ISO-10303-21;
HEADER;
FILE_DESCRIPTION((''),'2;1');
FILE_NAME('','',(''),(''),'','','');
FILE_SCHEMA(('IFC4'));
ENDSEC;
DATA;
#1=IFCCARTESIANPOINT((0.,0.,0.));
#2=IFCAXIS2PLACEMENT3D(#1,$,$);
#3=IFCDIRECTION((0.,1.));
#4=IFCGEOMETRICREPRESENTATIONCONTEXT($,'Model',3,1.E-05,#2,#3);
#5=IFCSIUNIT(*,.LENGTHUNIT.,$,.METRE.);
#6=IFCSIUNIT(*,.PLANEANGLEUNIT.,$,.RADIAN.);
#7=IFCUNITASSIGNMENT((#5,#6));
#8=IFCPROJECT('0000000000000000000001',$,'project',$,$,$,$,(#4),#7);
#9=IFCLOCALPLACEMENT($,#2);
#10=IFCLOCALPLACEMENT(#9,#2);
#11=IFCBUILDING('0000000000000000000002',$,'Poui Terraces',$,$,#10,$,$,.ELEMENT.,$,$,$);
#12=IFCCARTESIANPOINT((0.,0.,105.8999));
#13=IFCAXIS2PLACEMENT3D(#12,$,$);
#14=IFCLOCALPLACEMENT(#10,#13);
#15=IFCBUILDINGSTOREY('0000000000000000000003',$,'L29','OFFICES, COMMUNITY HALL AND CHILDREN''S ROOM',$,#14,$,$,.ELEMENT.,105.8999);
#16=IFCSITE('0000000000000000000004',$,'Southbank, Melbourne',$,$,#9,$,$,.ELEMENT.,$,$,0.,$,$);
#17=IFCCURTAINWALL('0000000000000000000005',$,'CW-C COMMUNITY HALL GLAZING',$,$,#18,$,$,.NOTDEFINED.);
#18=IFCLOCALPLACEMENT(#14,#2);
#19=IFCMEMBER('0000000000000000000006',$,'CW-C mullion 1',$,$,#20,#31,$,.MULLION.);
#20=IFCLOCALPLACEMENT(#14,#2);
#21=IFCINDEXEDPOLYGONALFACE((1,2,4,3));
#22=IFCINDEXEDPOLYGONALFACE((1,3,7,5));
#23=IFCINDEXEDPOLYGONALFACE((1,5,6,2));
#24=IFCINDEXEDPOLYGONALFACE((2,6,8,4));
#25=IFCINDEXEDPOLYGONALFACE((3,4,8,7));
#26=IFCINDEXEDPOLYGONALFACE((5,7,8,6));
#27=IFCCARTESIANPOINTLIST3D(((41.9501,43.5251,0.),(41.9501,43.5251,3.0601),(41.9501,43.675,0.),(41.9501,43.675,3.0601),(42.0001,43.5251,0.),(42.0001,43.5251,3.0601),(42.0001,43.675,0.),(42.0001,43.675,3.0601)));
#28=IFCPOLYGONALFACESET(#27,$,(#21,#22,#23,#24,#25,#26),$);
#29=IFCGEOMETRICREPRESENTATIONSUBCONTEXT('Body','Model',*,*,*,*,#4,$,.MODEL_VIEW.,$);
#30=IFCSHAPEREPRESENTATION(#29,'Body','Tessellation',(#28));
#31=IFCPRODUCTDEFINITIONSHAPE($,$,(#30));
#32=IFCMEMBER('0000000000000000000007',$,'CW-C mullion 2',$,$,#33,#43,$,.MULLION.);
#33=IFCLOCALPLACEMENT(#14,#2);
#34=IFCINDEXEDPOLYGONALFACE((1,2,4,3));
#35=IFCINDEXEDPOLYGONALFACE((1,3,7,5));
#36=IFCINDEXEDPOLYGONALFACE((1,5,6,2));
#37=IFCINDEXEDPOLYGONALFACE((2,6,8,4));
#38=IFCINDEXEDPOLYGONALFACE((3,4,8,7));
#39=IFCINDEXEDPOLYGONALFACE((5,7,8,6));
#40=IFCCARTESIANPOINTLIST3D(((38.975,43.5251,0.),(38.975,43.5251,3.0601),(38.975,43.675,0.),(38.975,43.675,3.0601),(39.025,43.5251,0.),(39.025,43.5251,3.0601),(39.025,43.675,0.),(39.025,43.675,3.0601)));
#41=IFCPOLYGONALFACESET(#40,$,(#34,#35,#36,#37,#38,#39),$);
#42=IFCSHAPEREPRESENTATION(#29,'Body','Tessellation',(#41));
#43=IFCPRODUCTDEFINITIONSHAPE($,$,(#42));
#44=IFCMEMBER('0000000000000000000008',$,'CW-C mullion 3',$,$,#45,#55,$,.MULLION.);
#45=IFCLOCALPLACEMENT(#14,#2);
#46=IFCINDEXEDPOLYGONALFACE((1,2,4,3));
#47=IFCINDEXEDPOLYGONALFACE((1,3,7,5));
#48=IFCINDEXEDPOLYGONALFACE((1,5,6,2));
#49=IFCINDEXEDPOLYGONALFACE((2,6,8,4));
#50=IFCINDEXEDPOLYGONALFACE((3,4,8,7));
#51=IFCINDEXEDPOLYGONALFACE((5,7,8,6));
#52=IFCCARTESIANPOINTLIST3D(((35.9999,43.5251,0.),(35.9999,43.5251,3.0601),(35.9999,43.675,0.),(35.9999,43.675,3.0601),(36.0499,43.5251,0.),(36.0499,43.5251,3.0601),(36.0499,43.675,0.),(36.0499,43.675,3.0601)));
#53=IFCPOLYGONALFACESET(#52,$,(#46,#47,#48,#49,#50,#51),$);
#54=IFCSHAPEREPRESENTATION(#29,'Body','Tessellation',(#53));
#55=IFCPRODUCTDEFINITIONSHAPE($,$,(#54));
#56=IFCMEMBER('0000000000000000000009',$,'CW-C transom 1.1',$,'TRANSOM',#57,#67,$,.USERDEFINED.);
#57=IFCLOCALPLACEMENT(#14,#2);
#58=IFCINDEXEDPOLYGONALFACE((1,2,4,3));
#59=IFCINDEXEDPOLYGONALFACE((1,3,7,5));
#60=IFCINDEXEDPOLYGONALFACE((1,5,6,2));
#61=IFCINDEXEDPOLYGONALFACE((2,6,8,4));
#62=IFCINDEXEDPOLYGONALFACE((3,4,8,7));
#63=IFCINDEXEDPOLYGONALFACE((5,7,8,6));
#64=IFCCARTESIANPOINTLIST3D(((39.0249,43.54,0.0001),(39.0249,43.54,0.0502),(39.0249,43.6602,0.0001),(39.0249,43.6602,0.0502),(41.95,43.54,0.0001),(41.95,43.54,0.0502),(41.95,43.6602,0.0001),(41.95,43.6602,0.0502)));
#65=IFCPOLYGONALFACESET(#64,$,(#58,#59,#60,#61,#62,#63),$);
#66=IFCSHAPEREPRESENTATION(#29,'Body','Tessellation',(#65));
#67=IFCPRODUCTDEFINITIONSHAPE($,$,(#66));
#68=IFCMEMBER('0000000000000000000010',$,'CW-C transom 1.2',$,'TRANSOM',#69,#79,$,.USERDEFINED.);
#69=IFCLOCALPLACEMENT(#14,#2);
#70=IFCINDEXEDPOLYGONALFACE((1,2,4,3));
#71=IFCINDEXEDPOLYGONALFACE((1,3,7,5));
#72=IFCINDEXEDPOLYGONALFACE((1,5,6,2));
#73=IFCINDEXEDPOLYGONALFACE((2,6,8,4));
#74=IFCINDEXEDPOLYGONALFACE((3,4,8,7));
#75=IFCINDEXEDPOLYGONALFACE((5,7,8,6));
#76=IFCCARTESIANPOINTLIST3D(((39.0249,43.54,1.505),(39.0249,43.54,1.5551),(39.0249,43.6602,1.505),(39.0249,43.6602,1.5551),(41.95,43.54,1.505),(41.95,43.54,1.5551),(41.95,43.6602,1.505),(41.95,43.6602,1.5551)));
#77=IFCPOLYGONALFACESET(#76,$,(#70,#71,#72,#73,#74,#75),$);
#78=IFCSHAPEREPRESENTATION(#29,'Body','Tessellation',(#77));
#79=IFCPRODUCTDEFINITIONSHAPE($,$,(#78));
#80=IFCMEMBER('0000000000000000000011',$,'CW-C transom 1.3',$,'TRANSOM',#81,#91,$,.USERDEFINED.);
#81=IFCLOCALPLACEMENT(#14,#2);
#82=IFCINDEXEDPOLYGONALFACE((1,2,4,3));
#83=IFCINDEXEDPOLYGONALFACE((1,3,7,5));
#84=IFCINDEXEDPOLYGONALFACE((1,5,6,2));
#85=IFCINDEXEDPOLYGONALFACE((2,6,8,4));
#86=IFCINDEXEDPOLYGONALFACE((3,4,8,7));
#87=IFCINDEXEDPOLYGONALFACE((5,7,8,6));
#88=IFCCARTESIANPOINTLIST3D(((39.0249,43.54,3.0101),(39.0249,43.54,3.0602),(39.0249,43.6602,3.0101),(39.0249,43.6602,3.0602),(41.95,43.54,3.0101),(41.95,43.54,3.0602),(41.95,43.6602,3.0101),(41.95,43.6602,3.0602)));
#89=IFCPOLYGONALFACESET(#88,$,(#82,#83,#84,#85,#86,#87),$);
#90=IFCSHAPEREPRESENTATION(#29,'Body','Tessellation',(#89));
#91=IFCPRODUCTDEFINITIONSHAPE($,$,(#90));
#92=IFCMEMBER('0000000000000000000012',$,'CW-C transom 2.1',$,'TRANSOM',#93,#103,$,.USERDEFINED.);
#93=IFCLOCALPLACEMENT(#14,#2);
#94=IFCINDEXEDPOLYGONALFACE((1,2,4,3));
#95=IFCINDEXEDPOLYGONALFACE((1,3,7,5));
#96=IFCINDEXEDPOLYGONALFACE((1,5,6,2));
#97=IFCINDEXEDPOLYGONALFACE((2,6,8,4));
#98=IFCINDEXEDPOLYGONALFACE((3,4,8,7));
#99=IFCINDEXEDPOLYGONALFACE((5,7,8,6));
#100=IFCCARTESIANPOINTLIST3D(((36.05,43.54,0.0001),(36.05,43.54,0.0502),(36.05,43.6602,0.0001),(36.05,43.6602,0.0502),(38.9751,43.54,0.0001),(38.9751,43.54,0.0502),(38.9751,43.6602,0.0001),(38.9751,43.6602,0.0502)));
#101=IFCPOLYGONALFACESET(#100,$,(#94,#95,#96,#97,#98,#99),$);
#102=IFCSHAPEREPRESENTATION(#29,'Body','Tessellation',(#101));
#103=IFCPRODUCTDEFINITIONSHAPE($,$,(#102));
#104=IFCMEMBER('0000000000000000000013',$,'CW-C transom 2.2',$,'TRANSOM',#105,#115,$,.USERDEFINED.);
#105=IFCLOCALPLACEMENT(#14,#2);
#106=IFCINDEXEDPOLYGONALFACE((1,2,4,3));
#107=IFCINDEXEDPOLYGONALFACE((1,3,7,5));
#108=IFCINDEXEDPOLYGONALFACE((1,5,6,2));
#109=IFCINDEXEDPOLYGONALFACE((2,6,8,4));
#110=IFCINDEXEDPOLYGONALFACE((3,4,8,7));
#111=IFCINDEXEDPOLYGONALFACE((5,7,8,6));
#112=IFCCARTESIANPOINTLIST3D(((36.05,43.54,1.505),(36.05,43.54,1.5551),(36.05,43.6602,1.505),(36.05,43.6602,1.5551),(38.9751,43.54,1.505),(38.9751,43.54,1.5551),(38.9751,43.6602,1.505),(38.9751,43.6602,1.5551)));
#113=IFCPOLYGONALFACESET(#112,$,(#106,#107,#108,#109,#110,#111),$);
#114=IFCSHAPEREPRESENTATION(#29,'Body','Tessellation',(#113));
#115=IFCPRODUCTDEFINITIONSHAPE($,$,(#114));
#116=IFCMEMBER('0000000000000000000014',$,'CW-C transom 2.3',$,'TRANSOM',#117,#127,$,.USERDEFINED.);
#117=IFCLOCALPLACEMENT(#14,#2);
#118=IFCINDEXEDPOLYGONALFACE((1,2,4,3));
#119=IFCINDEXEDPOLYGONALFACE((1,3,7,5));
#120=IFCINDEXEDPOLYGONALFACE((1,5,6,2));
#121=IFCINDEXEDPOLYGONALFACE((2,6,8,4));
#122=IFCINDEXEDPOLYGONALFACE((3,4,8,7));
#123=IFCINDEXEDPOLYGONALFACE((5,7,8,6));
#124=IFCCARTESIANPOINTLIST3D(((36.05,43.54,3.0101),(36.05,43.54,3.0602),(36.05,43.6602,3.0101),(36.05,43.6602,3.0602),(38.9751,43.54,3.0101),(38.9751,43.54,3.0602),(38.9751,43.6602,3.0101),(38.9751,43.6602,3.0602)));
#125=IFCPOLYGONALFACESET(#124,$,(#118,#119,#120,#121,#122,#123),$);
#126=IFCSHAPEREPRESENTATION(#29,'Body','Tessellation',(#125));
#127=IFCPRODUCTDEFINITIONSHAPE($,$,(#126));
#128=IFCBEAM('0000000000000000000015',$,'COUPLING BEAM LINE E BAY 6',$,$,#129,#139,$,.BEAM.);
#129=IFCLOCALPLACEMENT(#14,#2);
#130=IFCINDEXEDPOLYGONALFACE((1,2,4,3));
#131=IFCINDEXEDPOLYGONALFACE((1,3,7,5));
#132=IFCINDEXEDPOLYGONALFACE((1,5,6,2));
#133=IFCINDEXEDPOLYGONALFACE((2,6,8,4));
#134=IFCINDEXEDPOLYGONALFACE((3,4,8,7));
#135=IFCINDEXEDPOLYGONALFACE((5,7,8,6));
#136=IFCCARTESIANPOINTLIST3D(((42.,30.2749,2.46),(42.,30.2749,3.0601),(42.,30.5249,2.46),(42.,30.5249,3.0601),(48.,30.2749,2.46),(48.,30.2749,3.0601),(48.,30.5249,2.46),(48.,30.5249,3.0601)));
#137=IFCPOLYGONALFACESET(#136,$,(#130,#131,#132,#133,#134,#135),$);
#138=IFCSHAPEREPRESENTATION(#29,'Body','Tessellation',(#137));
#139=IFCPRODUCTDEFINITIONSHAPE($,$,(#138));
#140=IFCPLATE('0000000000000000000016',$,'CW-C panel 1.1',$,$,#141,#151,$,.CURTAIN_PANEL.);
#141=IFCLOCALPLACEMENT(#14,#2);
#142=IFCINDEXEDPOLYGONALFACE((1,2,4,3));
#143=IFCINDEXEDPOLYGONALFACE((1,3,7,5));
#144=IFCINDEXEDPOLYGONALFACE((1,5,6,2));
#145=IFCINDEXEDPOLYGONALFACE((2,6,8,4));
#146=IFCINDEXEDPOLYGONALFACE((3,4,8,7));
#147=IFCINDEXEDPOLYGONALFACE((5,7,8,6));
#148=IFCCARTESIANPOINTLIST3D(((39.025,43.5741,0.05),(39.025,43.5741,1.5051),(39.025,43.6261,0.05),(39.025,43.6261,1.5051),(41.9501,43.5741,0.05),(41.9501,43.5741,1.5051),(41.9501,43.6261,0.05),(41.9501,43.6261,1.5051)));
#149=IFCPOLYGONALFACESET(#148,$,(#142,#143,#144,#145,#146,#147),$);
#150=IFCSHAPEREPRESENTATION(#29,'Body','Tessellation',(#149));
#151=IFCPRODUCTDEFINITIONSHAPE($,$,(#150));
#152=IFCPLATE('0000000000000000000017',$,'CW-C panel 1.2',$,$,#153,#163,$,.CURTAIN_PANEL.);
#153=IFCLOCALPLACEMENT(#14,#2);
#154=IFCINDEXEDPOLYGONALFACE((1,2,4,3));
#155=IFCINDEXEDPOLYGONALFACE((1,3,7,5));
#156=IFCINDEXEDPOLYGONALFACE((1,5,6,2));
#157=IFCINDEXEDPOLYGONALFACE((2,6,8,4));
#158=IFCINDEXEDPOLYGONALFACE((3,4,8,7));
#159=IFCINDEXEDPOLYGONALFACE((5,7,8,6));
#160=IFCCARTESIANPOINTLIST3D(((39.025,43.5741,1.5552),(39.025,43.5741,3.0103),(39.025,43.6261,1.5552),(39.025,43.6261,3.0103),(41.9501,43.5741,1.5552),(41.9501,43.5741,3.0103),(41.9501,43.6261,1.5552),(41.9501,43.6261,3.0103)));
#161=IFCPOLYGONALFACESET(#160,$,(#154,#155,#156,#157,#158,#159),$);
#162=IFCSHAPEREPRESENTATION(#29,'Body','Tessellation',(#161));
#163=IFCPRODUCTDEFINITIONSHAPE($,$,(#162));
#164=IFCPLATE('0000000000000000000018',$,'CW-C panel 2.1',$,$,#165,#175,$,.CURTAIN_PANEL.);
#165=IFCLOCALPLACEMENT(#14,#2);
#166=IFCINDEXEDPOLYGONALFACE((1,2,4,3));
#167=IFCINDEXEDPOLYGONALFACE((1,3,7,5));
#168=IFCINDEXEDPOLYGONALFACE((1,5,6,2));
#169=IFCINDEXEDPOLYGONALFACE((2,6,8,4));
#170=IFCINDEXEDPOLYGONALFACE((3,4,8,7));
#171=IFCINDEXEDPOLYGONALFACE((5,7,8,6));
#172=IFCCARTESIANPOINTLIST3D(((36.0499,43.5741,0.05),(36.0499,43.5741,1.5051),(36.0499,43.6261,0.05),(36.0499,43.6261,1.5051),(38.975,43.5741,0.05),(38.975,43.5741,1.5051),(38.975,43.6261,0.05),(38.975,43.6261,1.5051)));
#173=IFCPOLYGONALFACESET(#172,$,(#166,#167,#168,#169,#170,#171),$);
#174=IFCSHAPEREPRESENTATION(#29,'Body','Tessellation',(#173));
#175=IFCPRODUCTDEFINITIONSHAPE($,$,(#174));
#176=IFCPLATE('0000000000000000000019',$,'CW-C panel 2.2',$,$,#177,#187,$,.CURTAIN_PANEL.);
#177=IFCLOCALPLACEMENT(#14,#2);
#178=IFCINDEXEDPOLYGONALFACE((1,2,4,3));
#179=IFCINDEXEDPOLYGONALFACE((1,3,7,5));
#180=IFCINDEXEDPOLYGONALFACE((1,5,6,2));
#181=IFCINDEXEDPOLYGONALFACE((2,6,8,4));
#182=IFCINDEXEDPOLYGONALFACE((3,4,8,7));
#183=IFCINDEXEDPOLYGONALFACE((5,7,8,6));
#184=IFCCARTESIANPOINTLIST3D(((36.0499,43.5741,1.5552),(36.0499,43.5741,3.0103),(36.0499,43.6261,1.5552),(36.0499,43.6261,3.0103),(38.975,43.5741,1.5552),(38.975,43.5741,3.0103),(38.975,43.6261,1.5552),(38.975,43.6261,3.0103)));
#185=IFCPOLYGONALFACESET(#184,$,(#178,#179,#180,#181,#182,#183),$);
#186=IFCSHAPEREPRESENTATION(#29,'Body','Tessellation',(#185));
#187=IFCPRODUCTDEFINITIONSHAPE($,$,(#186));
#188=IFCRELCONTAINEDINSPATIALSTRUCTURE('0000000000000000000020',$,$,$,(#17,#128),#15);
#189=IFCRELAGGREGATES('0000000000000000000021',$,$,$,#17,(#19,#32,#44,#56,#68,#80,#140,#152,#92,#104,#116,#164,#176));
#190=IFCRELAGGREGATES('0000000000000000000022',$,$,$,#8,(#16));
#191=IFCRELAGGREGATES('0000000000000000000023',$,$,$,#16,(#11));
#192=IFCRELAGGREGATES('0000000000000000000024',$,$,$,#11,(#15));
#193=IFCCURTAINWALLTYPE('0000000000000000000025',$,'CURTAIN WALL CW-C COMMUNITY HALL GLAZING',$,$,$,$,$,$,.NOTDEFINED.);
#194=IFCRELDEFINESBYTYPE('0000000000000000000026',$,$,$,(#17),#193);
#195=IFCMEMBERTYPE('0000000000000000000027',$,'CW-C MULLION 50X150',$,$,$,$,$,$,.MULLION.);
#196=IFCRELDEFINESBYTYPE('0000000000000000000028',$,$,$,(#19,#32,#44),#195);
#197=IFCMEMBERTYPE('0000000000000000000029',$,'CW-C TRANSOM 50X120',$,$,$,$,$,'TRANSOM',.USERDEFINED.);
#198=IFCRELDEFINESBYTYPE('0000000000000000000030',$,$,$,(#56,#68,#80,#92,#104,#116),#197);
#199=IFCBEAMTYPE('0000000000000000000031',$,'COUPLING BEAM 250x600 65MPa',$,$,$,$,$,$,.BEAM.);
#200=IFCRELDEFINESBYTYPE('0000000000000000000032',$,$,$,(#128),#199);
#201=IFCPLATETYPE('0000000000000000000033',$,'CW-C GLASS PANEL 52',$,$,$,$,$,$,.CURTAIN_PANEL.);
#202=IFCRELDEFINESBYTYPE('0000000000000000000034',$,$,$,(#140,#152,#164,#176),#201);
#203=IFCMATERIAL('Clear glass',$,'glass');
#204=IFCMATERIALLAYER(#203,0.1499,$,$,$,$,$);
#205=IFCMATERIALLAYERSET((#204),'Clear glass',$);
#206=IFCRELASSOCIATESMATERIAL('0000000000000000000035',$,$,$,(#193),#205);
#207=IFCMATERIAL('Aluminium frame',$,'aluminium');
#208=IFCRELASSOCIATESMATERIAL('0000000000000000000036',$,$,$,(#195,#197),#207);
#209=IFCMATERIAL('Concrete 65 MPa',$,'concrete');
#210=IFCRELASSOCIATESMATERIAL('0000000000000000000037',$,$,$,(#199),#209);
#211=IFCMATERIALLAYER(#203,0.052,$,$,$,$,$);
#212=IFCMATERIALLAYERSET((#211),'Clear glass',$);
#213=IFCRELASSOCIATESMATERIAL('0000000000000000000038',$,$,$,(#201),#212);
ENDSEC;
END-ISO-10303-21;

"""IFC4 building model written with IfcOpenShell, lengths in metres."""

from ifc_helpers import new_model, si_unit, direction, frame, origin, origin_2d, place, context, subcontext, project, spatial, rectangle, extrude, source, transform, mapped, material, layer, layer_set, material_profile, profile_set, type_object, element, aggregate, save


model = new_model("IFC4")

# Units and contexts
model_context = context("Model", 3, precision=1e-05, world=origin(), true_north=direction((0.0, 1.0)))
body_context = subcontext(model_context, "Body", "Model", "MODEL_VIEW")
ifc_project = project(units=[si_unit("LENGTHUNIT", "METRE"), si_unit("PLANEANGLEUNIT", "RADIAN")], contexts=[model_context])

# Site, building, storey
site_placement = place(None, origin())
site = spatial("IfcSite", under=ifc_project, at=site_placement, Name="Southbank, Melbourne", CompositionType="ELEMENT", RefElevation=0.0)
building_placement = place(site_placement, origin())
building = spatial("IfcBuilding", under=site, at=building_placement, Name="Poui Terraces", CompositionType="ELEMENT")
storey_placement = place(building_placement, frame((0.0, 0.0, 105.8999)))
storey = spatial("IfcBuildingStorey", under=building, at=storey_placement, Name="L29", Description="OFFICES, COMMUNITY HALL AND CHILDREN'S ROOM", CompositionType="ELEMENT", Elevation=105.8999)

# Curtain wall, members
ifc_material_1 = material(Name="Clear glass", Category="glass")
ifc_layer_1 = layer(ifc_material_1, 0.1499)
ifc_layer_set_1 = layer_set([ifc_layer_1], Name="Clear glass")
curtain_wall_type = type_object("IfcCurtainWallType", Name="CURTAIN WALL CW-C COMMUNITY HALL GLAZING", PredefinedType="NOTDEFINED", material=ifc_layer_set_1)
curtain_wall_placement = place(storey_placement, origin())
curtain_wall = element("IfcCurtainWall", 1, at=curtain_wall_placement, inside=storey, type_object=curtain_wall_type, Name="CW-C COMMUNITY HALL GLAZING", PredefinedType="NOTDEFINED")
ifc_material_2 = material(Name="Aluminium frame", Category="aluminium")
ifc_material_profile_1 = material_profile(ifc_material_2, rectangle(XDim=0.1499, YDim=0.05, at=origin_2d()), Name="CW-C MULLION 50X150")
ifc_profile_set_1 = profile_set([ifc_material_profile_1], Name="Aluminium frame")
member_type_1 = type_object("IfcMemberType", Name="CW-C MULLION 50X150", PredefinedType="MULLION", material=ifc_profile_set_1)
member_1_placement = place(storey_placement, frame((41.9751, 43.6001, 0.0), z_axis=(0.0, 0.0, 1.0), x_axis=(0.0, -1.0, 0.0)))
member_1 = element("IfcMember", 2, at=member_1_placement, type_object=member_type_1, Name="CW-C mullion 1", PredefinedType="MULLION", context=body_context, shape_type="SweptSolid", body=[
    extrude(rectangle(XDim=0.1499, YDim=0.05, at=origin_2d()), origin(), (0.0, 0.0, 1.0), 3.0601),
])
member_2_placement = place(storey_placement, frame((39.0, 43.6001, 0.0), z_axis=(0.0, 0.0, 1.0), x_axis=(0.0, -1.0, 0.0)))
member_2 = element("IfcMember", 3, at=member_2_placement, type_object=member_type_1, Name="CW-C mullion 2", PredefinedType="MULLION", context=body_context, shape_type="SweptSolid", body=[
    extrude(rectangle(XDim=0.1499, YDim=0.05, at=origin_2d()), origin(), (0.0, 0.0, 1.0), 3.0601),
])
member_3_placement = place(storey_placement, frame((36.0249, 43.6001, 0.0), z_axis=(0.0, 0.0, 1.0), x_axis=(0.0, -1.0, 0.0)))
member_3 = element("IfcMember", 4, at=member_3_placement, type_object=member_type_1, Name="CW-C mullion 3", PredefinedType="MULLION", context=body_context, shape_type="SweptSolid", body=[
    extrude(rectangle(XDim=0.1499, YDim=0.05, at=origin_2d()), origin(), (0.0, 0.0, 1.0), 3.0601),
])
ifc_material_profile_2 = material_profile(ifc_material_2, rectangle(XDim=0.1201, YDim=0.05, at=origin_2d()), Name="CW-C TRANSOM 50X120")
ifc_profile_set_2 = profile_set([ifc_material_profile_2], Name="Aluminium frame")
member_type_2 = type_object("IfcMemberType", Name="CW-C TRANSOM 50X120", ElementType="TRANSOM", PredefinedType="USERDEFINED", material=ifc_profile_set_2)
member_4_placement = place(storey_placement, frame((41.95, 43.6001, 0.0251), z_axis=(-1.0, 0.0, 0.0), x_axis=(0.0, -1.0, 0.0)))
member_4 = element("IfcMember", 5, at=member_4_placement, type_object=member_type_2, Name="CW-C transom 1.1", ObjectType="TRANSOM", PredefinedType="USERDEFINED", context=body_context, shape_type="SweptSolid", body=[
    extrude(rectangle(XDim=0.1201, YDim=0.05, at=origin_2d()), origin(), (0.0, 0.0, 1.0), 2.925),
])
member_5_placement = place(storey_placement, frame((41.95, 43.6001, 1.53), z_axis=(-1.0, 0.0, 0.0), x_axis=(0.0, -1.0, 0.0)))
member_5 = element("IfcMember", 6, at=member_5_placement, type_object=member_type_2, Name="CW-C transom 1.2", ObjectType="TRANSOM", PredefinedType="USERDEFINED", context=body_context, shape_type="SweptSolid", body=[
    extrude(rectangle(XDim=0.1201, YDim=0.05, at=origin_2d()), origin(), (0.0, 0.0, 1.0), 2.925),
])
member_6_placement = place(storey_placement, frame((41.95, 43.6001, 3.0352), z_axis=(-1.0, 0.0, 0.0), x_axis=(0.0, -1.0, 0.0)))
member_6 = element("IfcMember", 7, at=member_6_placement, type_object=member_type_2, Name="CW-C transom 1.3", ObjectType="TRANSOM", PredefinedType="USERDEFINED", context=body_context, shape_type="SweptSolid", body=[
    extrude(rectangle(XDim=0.1201, YDim=0.05, at=origin_2d()), origin(), (0.0, 0.0, 1.0), 2.925),
])
member_7_placement = place(storey_placement, frame((38.9751, 43.6001, 0.0251), z_axis=(-1.0, 0.0, 0.0), x_axis=(0.0, -1.0, 0.0)))
member_7 = element("IfcMember", 8, at=member_7_placement, type_object=member_type_2, Name="CW-C transom 2.1", ObjectType="TRANSOM", PredefinedType="USERDEFINED", context=body_context, shape_type="SweptSolid", body=[
    extrude(rectangle(XDim=0.1201, YDim=0.05, at=origin_2d()), origin(), (0.0, 0.0, 1.0), 2.925),
])
member_8_placement = place(storey_placement, frame((38.9751, 43.6001, 1.53), z_axis=(-1.0, 0.0, 0.0), x_axis=(0.0, -1.0, 0.0)))
member_8 = element("IfcMember", 9, at=member_8_placement, type_object=member_type_2, Name="CW-C transom 2.2", ObjectType="TRANSOM", PredefinedType="USERDEFINED", context=body_context, shape_type="SweptSolid", body=[
    extrude(rectangle(XDim=0.1201, YDim=0.05, at=origin_2d()), origin(), (0.0, 0.0, 1.0), 2.925),
])
member_9_placement = place(storey_placement, frame((38.9751, 43.6001, 3.0352), z_axis=(-1.0, 0.0, 0.0), x_axis=(0.0, -1.0, 0.0)))
member_9 = element("IfcMember", 10, at=member_9_placement, type_object=member_type_2, Name="CW-C transom 2.3", ObjectType="TRANSOM", PredefinedType="USERDEFINED", context=body_context, shape_type="SweptSolid", body=[
    extrude(rectangle(XDim=0.1201, YDim=0.05, at=origin_2d()), origin(), (0.0, 0.0, 1.0), 2.925),
])

# Beam
ifc_material_3 = material(Name="Concrete 65 MPa", Category="concrete")
ifc_material_profile_3 = material_profile(ifc_material_3, rectangle(XDim=0.25, YDim=0.6001, at=origin_2d()), Name="RC 250x600")
ifc_profile_set_3 = profile_set([ifc_material_profile_3], Name="Concrete 65 MPa")
beam_type = type_object("IfcBeamType", Name="COUPLING BEAM 250x600 65MPa", PredefinedType="BEAM", material=ifc_profile_set_3)
shared_shape = source(origin(), body_context, "Body", "SweptSolid", [
    extrude(rectangle(XDim=0.25, YDim=0.6001, at=origin_2d()), origin(), (0.0, 0.0, 1.0), 6.0),
])
beam_placement = place(storey_placement, frame((42.0, 30.3999, 2.76), z_axis=(1.0, 0.0, 0.0), x_axis=(0.0, 1.0, 0.0)))
element("IfcBeam", 11, at=beam_placement, inside=storey, type_object=beam_type, Name="COUPLING BEAM LINE E BAY 6", PredefinedType="BEAM", context=body_context, shape_type="MappedRepresentation", body=[
    mapped(shared_shape, transform((0.0, 0.0, 0.0))),
])

# Plates
ifc_layer_2 = layer(ifc_material_1, 0.052)
ifc_layer_set_2 = layer_set([ifc_layer_2], Name="Clear glass")
plate_type = type_object("IfcPlateType", Name="CW-C GLASS PANEL 52", PredefinedType="CURTAIN_PANEL", material=ifc_layer_set_2)
plate_1_placement = place(storey_placement, frame((40.4875, 43.6001, 0.05), z_axis=(0.0, 0.0, 1.0), x_axis=(-1.0, 0.0, 0.0)))
plate_1 = element("IfcPlate", 12, at=plate_1_placement, type_object=plate_type, Name="CW-C panel 1.1", PredefinedType="CURTAIN_PANEL", context=body_context, shape_type="SweptSolid", body=[
    extrude(rectangle(XDim=2.925, YDim=0.052, at=origin_2d()), origin(), (0.0, 0.0, 1.0), 1.4551),
])
plate_2_placement = place(storey_placement, frame((40.4875, 43.6001, 1.5552), z_axis=(0.0, 0.0, 1.0), x_axis=(-1.0, 0.0, 0.0)))
plate_2 = element("IfcPlate", 13, at=plate_2_placement, type_object=plate_type, Name="CW-C panel 1.2", PredefinedType="CURTAIN_PANEL", context=body_context, shape_type="SweptSolid", body=[
    extrude(rectangle(XDim=2.925, YDim=0.052, at=origin_2d()), origin(), (0.0, 0.0, 1.0), 1.4551),
])
plate_3_placement = place(storey_placement, frame((37.5125, 43.6001, 0.05), z_axis=(0.0, 0.0, 1.0), x_axis=(-1.0, 0.0, 0.0)))
plate_3 = element("IfcPlate", 14, at=plate_3_placement, type_object=plate_type, Name="CW-C panel 2.1", PredefinedType="CURTAIN_PANEL", context=body_context, shape_type="SweptSolid", body=[
    extrude(rectangle(XDim=2.925, YDim=0.052, at=origin_2d()), origin(), (0.0, 0.0, 1.0), 1.4551),
])
plate_4_placement = place(storey_placement, frame((37.5125, 43.6001, 1.5552), z_axis=(0.0, 0.0, 1.0), x_axis=(-1.0, 0.0, 0.0)))
plate_4 = element("IfcPlate", 15, at=plate_4_placement, type_object=plate_type, Name="CW-C panel 2.2", PredefinedType="CURTAIN_PANEL", context=body_context, shape_type="SweptSolid", body=[
    extrude(rectangle(XDim=2.925, YDim=0.052, at=origin_2d()), origin(), (0.0, 0.0, 1.0), 1.4551),
])
aggregate(curtain_wall, [member_1, member_2, member_3, member_4, member_5, member_6, plate_1, plate_2, member_7, member_8, member_9, plate_3, plate_4])

save(model, "model.ifc")
